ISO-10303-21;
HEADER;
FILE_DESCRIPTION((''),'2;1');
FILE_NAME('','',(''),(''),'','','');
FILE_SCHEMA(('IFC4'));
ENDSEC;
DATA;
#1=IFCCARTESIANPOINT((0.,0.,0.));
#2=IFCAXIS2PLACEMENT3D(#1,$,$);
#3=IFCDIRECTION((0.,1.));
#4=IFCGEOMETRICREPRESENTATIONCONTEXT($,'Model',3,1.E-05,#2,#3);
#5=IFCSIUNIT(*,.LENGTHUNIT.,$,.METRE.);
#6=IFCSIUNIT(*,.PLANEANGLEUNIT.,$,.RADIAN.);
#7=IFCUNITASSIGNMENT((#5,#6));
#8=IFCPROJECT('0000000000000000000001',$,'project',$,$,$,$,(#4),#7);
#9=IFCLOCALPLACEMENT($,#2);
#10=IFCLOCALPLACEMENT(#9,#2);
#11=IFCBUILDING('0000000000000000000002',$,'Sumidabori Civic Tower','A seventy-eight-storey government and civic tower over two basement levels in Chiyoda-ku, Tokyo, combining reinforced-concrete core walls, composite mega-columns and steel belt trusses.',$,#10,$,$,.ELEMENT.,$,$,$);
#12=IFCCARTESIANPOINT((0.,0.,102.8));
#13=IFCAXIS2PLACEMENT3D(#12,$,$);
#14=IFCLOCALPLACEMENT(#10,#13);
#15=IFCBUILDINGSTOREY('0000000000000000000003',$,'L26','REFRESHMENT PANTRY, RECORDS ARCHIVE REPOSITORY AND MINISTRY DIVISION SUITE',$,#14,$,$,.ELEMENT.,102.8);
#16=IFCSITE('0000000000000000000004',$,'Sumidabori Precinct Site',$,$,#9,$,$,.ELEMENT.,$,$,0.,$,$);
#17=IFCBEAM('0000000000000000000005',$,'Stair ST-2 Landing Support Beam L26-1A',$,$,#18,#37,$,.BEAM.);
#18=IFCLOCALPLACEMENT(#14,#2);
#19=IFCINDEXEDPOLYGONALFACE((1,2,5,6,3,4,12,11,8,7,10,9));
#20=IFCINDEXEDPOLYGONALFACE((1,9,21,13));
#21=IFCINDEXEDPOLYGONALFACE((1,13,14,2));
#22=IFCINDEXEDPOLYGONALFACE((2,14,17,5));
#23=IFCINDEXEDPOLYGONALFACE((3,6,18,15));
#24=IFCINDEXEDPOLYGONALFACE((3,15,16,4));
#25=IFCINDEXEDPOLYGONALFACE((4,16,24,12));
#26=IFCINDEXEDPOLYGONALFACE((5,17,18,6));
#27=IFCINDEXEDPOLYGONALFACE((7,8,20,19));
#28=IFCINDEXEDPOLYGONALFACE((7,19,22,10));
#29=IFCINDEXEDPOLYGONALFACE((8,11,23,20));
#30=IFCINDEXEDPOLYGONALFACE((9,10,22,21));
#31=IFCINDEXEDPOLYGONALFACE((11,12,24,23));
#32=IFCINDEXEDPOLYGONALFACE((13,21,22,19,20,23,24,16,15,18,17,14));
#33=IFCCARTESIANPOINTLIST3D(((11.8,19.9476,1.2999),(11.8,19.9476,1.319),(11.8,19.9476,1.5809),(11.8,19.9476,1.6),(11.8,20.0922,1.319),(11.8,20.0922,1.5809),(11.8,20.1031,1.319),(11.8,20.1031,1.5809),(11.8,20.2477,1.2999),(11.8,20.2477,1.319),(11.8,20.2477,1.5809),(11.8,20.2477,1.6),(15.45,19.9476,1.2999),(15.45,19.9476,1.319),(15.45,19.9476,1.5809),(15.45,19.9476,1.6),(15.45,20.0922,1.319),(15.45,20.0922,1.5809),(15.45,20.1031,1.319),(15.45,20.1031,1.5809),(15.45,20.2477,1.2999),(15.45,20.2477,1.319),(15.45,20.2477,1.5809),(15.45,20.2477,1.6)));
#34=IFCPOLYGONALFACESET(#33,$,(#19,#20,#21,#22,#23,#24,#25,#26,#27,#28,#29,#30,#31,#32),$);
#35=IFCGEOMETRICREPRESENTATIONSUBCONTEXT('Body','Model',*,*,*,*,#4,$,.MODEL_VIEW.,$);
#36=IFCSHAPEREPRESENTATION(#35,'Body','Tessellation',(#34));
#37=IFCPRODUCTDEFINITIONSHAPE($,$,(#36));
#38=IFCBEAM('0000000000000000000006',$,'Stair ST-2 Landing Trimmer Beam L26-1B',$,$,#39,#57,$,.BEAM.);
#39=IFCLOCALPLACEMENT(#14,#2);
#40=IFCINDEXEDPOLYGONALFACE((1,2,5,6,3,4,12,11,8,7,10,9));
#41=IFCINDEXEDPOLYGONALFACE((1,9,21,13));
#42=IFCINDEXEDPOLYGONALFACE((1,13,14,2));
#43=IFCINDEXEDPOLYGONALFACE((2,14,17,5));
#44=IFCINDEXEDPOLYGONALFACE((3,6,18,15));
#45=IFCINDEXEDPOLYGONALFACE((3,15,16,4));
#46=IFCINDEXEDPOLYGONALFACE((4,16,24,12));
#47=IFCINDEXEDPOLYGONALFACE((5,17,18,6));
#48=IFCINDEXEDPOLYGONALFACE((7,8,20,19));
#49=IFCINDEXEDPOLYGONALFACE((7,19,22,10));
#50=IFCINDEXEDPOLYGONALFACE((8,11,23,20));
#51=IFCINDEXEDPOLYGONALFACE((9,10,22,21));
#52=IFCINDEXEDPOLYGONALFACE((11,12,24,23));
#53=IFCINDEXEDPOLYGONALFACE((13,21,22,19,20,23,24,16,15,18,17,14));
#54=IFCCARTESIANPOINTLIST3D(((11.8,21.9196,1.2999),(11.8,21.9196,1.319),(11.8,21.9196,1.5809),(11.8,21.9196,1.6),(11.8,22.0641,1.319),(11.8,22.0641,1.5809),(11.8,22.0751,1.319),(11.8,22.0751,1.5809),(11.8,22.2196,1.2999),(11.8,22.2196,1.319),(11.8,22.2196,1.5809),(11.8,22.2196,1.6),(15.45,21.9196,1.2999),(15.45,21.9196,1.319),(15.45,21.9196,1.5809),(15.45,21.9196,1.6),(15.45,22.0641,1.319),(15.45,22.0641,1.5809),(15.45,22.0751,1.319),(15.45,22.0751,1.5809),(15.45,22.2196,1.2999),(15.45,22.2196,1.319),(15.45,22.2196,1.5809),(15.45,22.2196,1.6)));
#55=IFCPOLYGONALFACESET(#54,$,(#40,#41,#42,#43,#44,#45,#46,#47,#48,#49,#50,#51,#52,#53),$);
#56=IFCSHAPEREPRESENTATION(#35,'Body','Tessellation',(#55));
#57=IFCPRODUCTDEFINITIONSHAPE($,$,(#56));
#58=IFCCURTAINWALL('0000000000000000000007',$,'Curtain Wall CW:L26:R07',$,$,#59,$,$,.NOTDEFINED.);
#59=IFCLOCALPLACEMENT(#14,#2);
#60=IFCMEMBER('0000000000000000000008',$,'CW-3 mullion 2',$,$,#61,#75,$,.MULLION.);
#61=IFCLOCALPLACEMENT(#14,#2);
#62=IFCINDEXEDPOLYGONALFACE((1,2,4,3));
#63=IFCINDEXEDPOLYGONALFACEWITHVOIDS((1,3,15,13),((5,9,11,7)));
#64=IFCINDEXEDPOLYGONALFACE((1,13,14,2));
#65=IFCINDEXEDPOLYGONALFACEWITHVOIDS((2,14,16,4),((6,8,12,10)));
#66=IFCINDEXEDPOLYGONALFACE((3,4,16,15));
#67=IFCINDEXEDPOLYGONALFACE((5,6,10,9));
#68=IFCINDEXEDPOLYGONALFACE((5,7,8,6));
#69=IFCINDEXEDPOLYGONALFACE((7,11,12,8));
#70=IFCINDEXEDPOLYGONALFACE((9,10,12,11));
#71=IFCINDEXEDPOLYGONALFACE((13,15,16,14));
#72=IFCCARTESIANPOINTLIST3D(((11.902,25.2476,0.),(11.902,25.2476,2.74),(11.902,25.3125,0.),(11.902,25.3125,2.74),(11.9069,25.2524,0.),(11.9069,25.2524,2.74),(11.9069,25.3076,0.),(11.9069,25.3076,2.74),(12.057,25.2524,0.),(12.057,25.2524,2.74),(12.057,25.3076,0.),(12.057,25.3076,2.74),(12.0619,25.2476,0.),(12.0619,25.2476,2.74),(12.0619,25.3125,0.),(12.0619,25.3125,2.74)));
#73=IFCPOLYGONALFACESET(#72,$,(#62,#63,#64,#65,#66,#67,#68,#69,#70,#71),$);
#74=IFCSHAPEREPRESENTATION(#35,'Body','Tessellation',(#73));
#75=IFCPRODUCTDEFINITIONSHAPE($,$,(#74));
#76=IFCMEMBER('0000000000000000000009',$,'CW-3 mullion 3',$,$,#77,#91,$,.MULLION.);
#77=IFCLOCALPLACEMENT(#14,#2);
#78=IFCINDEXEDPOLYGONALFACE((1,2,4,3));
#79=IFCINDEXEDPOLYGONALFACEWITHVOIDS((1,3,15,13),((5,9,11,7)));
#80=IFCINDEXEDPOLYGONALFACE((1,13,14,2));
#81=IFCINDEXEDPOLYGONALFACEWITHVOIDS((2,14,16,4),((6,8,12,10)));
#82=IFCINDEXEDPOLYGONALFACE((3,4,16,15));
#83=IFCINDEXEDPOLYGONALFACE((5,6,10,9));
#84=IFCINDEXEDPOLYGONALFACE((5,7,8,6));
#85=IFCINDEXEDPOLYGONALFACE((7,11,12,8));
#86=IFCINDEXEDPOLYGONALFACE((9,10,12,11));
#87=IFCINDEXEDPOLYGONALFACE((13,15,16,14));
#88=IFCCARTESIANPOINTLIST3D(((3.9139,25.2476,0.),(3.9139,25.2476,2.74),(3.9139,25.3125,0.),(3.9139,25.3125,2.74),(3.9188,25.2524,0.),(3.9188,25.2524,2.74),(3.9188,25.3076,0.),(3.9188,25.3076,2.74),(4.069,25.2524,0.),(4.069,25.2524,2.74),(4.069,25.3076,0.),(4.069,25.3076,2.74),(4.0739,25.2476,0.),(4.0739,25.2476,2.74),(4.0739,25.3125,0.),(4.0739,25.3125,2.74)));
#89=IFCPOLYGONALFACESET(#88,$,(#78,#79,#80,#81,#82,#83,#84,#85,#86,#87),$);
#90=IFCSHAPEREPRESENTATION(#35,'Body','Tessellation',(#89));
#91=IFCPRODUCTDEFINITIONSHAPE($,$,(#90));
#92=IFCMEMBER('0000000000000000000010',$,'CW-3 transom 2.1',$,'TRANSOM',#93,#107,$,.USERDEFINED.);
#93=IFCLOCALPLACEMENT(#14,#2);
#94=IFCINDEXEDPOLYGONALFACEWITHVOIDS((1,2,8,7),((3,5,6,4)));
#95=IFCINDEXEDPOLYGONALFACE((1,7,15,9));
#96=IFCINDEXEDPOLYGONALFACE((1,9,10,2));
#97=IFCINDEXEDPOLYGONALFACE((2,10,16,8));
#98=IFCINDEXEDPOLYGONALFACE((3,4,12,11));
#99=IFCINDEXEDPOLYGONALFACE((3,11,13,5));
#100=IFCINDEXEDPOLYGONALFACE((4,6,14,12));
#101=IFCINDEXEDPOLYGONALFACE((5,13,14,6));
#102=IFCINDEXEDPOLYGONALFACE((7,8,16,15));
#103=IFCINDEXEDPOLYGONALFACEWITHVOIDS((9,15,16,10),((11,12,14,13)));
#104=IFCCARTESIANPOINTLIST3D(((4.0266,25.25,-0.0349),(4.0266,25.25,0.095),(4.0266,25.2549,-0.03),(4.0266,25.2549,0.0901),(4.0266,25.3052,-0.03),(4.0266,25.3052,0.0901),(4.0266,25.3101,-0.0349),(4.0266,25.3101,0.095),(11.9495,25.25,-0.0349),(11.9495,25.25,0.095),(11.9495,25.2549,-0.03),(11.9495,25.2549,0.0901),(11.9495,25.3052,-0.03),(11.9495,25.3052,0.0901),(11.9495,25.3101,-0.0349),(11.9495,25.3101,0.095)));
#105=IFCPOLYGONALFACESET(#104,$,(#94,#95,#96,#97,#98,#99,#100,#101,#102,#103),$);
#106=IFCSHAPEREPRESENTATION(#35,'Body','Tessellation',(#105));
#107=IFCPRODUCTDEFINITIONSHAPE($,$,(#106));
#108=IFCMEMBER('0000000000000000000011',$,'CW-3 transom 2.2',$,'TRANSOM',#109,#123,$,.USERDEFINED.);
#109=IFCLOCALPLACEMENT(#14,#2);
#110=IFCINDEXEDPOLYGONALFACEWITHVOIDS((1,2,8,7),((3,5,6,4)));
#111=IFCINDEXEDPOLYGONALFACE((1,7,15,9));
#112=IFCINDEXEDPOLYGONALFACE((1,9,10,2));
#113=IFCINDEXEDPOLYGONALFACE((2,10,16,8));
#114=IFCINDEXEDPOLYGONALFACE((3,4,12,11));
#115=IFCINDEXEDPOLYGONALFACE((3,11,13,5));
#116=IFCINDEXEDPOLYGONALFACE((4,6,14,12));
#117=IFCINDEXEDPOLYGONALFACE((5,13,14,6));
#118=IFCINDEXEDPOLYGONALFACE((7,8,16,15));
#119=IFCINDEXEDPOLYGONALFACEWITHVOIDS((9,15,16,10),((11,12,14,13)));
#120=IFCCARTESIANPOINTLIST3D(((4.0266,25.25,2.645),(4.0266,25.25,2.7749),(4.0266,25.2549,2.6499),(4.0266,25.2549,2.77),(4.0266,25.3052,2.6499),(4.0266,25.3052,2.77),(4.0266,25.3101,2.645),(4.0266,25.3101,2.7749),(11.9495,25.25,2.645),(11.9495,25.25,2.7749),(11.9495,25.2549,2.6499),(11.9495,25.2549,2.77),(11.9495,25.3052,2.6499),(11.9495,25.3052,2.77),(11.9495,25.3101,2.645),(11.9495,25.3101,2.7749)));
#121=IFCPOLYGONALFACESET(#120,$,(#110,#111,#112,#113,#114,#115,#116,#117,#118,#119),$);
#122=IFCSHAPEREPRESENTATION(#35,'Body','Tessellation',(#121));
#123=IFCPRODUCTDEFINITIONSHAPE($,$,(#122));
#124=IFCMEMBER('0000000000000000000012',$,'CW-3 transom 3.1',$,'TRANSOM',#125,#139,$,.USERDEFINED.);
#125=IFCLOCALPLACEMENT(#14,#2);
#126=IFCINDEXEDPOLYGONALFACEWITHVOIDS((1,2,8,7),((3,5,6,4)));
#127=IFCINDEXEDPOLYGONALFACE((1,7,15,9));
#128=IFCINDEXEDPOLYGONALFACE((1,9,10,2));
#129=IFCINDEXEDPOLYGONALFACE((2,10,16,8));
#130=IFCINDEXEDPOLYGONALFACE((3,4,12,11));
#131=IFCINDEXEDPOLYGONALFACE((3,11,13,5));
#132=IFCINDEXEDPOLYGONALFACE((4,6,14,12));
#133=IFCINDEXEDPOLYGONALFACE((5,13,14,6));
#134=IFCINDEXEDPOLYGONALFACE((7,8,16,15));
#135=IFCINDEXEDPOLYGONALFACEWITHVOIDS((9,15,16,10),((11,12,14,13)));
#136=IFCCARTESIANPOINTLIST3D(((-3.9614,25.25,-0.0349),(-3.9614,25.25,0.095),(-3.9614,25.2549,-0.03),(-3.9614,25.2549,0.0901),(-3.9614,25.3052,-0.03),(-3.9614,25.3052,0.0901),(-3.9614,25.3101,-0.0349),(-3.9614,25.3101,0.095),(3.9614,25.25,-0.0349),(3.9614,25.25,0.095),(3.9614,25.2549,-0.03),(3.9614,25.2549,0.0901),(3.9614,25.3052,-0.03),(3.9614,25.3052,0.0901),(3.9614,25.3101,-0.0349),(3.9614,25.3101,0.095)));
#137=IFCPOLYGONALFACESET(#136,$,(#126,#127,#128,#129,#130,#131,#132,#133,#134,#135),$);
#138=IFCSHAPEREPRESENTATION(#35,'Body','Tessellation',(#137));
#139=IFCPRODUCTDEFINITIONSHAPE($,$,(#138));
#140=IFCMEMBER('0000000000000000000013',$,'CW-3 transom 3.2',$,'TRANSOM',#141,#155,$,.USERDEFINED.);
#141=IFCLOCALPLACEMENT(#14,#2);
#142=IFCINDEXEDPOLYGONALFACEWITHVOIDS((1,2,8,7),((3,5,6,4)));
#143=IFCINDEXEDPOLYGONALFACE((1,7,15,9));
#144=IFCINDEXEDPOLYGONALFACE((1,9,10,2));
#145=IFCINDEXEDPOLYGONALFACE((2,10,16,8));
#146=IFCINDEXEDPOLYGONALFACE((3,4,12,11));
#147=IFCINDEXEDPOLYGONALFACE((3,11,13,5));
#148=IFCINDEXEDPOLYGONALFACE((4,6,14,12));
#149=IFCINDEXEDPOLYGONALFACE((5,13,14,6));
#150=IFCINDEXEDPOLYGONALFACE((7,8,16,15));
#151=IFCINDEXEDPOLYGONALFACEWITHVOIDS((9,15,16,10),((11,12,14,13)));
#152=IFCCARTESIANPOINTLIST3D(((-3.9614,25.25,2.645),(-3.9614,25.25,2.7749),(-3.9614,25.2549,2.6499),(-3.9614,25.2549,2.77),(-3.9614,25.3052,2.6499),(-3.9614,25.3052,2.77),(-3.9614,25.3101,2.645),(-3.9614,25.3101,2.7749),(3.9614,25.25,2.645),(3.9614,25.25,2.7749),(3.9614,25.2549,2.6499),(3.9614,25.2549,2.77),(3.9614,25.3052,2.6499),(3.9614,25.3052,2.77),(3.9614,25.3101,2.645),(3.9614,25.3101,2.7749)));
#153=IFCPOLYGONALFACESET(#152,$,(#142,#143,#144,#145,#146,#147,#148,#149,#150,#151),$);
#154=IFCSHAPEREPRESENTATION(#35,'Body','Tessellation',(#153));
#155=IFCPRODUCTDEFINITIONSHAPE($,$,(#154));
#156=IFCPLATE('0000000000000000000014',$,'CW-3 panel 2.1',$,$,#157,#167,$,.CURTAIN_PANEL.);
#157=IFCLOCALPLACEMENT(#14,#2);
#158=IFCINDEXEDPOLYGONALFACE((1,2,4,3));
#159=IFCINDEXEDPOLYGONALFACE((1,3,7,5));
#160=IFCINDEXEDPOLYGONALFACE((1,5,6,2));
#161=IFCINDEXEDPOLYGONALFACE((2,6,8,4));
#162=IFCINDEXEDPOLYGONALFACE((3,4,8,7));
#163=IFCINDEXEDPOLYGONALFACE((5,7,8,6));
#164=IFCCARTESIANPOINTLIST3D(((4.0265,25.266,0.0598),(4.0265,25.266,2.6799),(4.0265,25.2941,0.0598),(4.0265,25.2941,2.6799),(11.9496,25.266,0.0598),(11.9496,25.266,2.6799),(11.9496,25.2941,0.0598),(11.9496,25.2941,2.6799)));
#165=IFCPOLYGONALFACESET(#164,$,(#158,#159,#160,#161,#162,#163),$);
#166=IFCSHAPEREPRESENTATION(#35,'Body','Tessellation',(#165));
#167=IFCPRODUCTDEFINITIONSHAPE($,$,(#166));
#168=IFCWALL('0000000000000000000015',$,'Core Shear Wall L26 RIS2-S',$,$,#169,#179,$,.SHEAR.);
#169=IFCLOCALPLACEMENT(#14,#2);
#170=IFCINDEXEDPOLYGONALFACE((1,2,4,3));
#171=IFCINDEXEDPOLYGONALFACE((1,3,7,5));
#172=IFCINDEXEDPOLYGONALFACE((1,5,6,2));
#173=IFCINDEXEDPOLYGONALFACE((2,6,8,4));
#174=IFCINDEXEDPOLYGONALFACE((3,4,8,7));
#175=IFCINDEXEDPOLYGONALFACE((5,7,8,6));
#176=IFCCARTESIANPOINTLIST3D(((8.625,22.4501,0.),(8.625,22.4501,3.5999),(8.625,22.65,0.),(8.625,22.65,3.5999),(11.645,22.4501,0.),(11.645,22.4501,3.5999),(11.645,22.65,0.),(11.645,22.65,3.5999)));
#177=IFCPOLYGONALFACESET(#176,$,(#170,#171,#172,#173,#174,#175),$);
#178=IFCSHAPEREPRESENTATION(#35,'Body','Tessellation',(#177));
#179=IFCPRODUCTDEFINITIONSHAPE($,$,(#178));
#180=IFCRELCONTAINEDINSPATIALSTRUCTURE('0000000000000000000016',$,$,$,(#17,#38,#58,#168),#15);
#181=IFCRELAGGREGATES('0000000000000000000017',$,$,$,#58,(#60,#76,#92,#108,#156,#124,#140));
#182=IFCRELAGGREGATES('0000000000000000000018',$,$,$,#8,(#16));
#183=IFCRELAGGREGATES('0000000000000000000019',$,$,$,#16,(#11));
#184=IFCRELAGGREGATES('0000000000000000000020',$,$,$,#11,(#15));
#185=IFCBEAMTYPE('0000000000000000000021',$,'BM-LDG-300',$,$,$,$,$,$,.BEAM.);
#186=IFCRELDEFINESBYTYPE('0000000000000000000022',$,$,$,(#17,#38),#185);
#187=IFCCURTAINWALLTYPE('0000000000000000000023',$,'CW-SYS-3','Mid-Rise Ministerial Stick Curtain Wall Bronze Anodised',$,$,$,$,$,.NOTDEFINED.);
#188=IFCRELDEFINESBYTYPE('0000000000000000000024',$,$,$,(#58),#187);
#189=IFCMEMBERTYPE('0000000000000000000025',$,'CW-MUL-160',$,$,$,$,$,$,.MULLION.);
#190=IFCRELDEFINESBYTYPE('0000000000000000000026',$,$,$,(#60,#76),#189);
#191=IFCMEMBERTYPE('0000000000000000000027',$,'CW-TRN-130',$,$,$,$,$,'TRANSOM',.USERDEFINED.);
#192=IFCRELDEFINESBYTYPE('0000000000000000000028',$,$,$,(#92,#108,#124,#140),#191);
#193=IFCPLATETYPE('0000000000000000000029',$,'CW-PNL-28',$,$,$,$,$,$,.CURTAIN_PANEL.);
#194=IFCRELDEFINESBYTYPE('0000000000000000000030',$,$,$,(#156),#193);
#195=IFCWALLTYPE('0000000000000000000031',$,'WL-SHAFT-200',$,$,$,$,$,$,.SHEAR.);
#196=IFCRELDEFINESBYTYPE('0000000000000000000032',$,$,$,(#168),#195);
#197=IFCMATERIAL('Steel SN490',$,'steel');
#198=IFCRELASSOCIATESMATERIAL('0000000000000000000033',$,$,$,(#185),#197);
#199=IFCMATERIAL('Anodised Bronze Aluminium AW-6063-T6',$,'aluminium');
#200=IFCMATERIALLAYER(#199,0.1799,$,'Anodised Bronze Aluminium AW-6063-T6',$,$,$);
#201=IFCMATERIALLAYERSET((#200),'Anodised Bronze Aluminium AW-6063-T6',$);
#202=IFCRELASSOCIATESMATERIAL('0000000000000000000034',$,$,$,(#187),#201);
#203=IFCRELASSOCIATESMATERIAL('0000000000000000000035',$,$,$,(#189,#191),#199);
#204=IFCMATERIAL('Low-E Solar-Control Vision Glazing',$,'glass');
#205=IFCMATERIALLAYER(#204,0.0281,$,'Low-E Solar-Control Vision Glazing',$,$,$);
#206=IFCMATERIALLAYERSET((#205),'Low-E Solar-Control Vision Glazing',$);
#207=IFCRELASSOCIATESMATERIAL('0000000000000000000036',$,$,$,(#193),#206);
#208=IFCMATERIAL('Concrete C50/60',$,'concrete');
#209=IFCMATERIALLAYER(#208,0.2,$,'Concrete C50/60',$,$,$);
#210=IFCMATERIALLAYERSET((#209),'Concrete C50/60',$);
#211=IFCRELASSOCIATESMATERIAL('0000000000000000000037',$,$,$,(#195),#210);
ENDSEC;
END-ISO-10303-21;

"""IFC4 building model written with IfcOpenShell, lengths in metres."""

from ifc_helpers import new_model, si_unit, direction, frame, frame_2d, origin, origin_2d, place, context, subcontext, project, spatial, rectangle, hollow_rectangle, i_section, extrude, source, transform, mapped, material, layer, layer_set, material_profile, profile_set, type_object, element, aggregate, save


model = new_model("IFC4")

# Units and contexts
model_context = context("Model", 3, precision=1e-05, world=origin(), true_north=direction((0.0, 1.0)))
body_context = subcontext(model_context, "Body", "Model", "MODEL_VIEW")
ifc_project = project(units=[si_unit("LENGTHUNIT", "METRE"), si_unit("PLANEANGLEUNIT", "RADIAN")], contexts=[model_context])

# Site, building, storey
site_placement = place(None, origin())
site = spatial("IfcSite", under=ifc_project, at=site_placement, Name="Sumidabori Precinct Site", CompositionType="ELEMENT", RefElevation=0.0)
building_placement = place(site_placement, origin())
building = spatial("IfcBuilding", under=site, at=building_placement, Name="Sumidabori Civic Tower", Description="A seventy-eight-storey government and civic tower over two basement levels in Chiyoda-ku, Tokyo, combining reinforced-concrete core walls, composite mega-columns and steel belt trusses.", CompositionType="ELEMENT")
storey_placement = place(building_placement, frame((0.0, 0.0, 102.8)))
storey = spatial("IfcBuildingStorey", under=building, at=storey_placement, Name="L26", Description="REFRESHMENT PANTRY, RECORDS ARCHIVE REPOSITORY AND MINISTRY DIVISION SUITE", CompositionType="ELEMENT", Elevation=102.8)

# Beams
ifc_material_1 = material(Name="Steel SN490", Category="steel")
ifc_material_profile_1 = material_profile(ifc_material_1, i_section(OverallWidth=0.3, OverallDepth=0.3, WebThickness=0.011, FlangeThickness=0.019, at=origin_2d()), Name="HE 300 B")
ifc_profile_set_1 = profile_set([ifc_material_profile_1], Name="Steel SN490")
beam_type = type_object("IfcBeamType", Name="BM-LDG-300", PredefinedType="BEAM", material=ifc_profile_set_1)
shared_shape_1 = source(origin(), body_context, "Body", "SweptSolid", [
    extrude(i_section(OverallWidth=0.3, OverallDepth=0.3, WebThickness=0.011, FlangeThickness=0.019, at=origin_2d()), origin(), (0.0, 0.0, 1.0), 3.6499),
])
for number, where, z_axis, x_axis, name in (
    (1, (11.8, 20.0977, 1.45), (1.0, 0.0, 0.0), (0.0, 1.0, 0.0), "Stair ST-2 Landing Support Beam L26-1A"),
    (2, (11.8, 22.0696, 1.45), (1.0, 0.0, 0.0), (0.0, 1.0, 0.0), "Stair ST-2 Landing Trimmer Beam L26-1B"),
):
    element("IfcBeam", number, at=place(storey_placement, frame(where, z_axis=z_axis, x_axis=x_axis)), inside=storey, type_object=beam_type, Name=name, PredefinedType="BEAM", context=body_context, shape_type="MappedRepresentation", body=[
        mapped(shared_shape_1, transform((0.0, 0.0, 0.0), x_axis=(1.0, 0.0, 0.0), y_axis=(0.0, 1.0, 0.0), z_axis=(0.0, 0.0, 1.0), scale=1.0)),
    ])

# Curtain wall, members, plate
ifc_material_2 = material(Name="Anodised Bronze Aluminium AW-6063-T6", Category="aluminium")
ifc_layer_1 = layer(ifc_material_2, 0.1799, Name="Anodised Bronze Aluminium AW-6063-T6")
ifc_layer_set_1 = layer_set([ifc_layer_1], Name="Anodised Bronze Aluminium AW-6063-T6")
curtain_wall_type = type_object("IfcCurtainWallType", Name="CW-SYS-3", Description="Mid-Rise Ministerial Stick Curtain Wall Bronze Anodised", PredefinedType="NOTDEFINED", material=ifc_layer_set_1)
curtain_wall_placement = place(storey_placement, origin())
curtain_wall = element("IfcCurtainWall", 3, at=curtain_wall_placement, inside=storey, type_object=curtain_wall_type, Name="Curtain Wall CW:L26:R07", PredefinedType="NOTDEFINED")
ifc_material_profile_2 = material_profile(ifc_material_2, hollow_rectangle(XDim=0.0649, YDim=0.1599, WallThickness=0.0049, at=origin_2d()), Name="ALU MULLION 160x65")
ifc_profile_set_2 = profile_set([ifc_material_profile_2], Name="Anodised Bronze Aluminium AW-6063-T6")
member_type_1 = type_object("IfcMemberType", Name="CW-MUL-160", PredefinedType="MULLION", material=ifc_profile_set_2)
shared_shape_2 = source(origin(), body_context, "Body", "SweptSolid", [
    extrude(hollow_rectangle(XDim=0.0649, YDim=0.1599, WallThickness=0.0049, at=origin_2d()), origin(), (0.0, 0.0, 1.0), 2.74),
])
member_1_placement = place(storey_placement, frame((11.9819, 25.28, 0.0), z_axis=(0.0, 0.0, 1.0), x_axis=(0.0, -1.0, 0.0)))
member_1 = element("IfcMember", 4, at=member_1_placement, type_object=member_type_1, Name="CW-3 mullion 2", PredefinedType="MULLION", context=body_context, shape_type="MappedRepresentation", body=[
    mapped(shared_shape_2, transform((0.0, 0.0, 0.0), x_axis=(1.0, 0.0, 0.0), y_axis=(0.0, 1.0, 0.0), z_axis=(0.0, 0.0, 1.0), scale=1.0)),
])
member_2_placement = place(storey_placement, frame((3.9939, 25.28, 0.0), z_axis=(0.0, 0.0, 1.0), x_axis=(0.0, -1.0, 0.0)))
member_2 = element("IfcMember", 5, at=member_2_placement, type_object=member_type_1, Name="CW-3 mullion 3", PredefinedType="MULLION", context=body_context, shape_type="MappedRepresentation", body=[
    mapped(shared_shape_2, transform((0.0, 0.0, 0.0), x_axis=(1.0, 0.0, 0.0), y_axis=(0.0, 1.0, 0.0), z_axis=(0.0, 0.0, 1.0), scale=1.0)),
])
ifc_material_profile_3 = material_profile(ifc_material_2, hollow_rectangle(XDim=0.0601, YDim=0.1299, WallThickness=0.0049, at=origin_2d()), Name="ALU TRANSOM 130x60")
ifc_profile_set_3 = profile_set([ifc_material_profile_3], Name="Anodised Bronze Aluminium AW-6063-T6")
member_type_2 = type_object("IfcMemberType", Name="CW-TRN-130", ElementType="TRANSOM", PredefinedType="USERDEFINED", material=ifc_profile_set_3)
shared_shape_3 = source(origin(), body_context, "Body", "SweptSolid", [
    extrude(hollow_rectangle(XDim=0.0601, YDim=0.1299, WallThickness=0.0049, at=origin_2d()), origin(), (0.0, 0.0, 1.0), 7.9229),
])
member_3_placement = place(storey_placement, frame((11.9495, 25.28, 0.03), z_axis=(-1.0, 0.0, 0.0), x_axis=(0.0, -1.0, 0.0)))
member_3 = element("IfcMember", 6, at=member_3_placement, type_object=member_type_2, Name="CW-3 transom 2.1", ObjectType="TRANSOM", PredefinedType="USERDEFINED", context=body_context, shape_type="MappedRepresentation", body=[
    mapped(shared_shape_3, transform((0.0, 0.0, 0.0), x_axis=(1.0, 0.0, 0.0), y_axis=(0.0, 1.0, 0.0), z_axis=(0.0, 0.0, 1.0), scale=1.0)),
])
member_4_placement = place(storey_placement, frame((11.9495, 25.28, 2.71), z_axis=(-1.0, 0.0, 0.0), x_axis=(0.0, -1.0, 0.0)))
member_4 = element("IfcMember", 7, at=member_4_placement, type_object=member_type_2, Name="CW-3 transom 2.2", ObjectType="TRANSOM", PredefinedType="USERDEFINED", context=body_context, shape_type="MappedRepresentation", body=[
    mapped(shared_shape_3, transform((0.0, 0.0, 0.0), x_axis=(1.0, 0.0, 0.0), y_axis=(0.0, 1.0, 0.0), z_axis=(0.0, 0.0, 1.0), scale=1.0)),
])
member_5_placement = place(storey_placement, frame((3.9614, 25.28, 0.03), z_axis=(-1.0, 0.0, 0.0), x_axis=(0.0, -1.0, 0.0)))
member_5 = element("IfcMember", 8, at=member_5_placement, type_object=member_type_2, Name="CW-3 transom 3.1", ObjectType="TRANSOM", PredefinedType="USERDEFINED", context=body_context, shape_type="MappedRepresentation", body=[
    mapped(shared_shape_3, transform((0.0, 0.0, 0.0), x_axis=(1.0, 0.0, 0.0), y_axis=(0.0, 1.0, 0.0), z_axis=(0.0, 0.0, 1.0), scale=1.0)),
])
member_6_placement = place(storey_placement, frame((3.9614, 25.28, 2.71), z_axis=(-1.0, 0.0, 0.0), x_axis=(0.0, -1.0, 0.0)))
member_6 = element("IfcMember", 9, at=member_6_placement, type_object=member_type_2, Name="CW-3 transom 3.2", ObjectType="TRANSOM", PredefinedType="USERDEFINED", context=body_context, shape_type="MappedRepresentation", body=[
    mapped(shared_shape_3, transform((0.0, 0.0, 0.0), x_axis=(1.0, 0.0, 0.0), y_axis=(0.0, 1.0, 0.0), z_axis=(0.0, 0.0, 1.0), scale=1.0)),
])
ifc_material_3 = material(Name="Low-E Solar-Control Vision Glazing", Category="glass")
ifc_layer_2 = layer(ifc_material_3, 0.0281, Name="Low-E Solar-Control Vision Glazing")
ifc_layer_set_2 = layer_set([ifc_layer_2], Name="Low-E Solar-Control Vision Glazing")
plate_type = type_object("IfcPlateType", Name="CW-PNL-28", PredefinedType="CURTAIN_PANEL", material=ifc_layer_set_2)
shared_shape_4 = source(origin(), body_context, "Body", "SweptSolid", [
    extrude(rectangle(XDim=7.9231, YDim=0.0281, at=origin_2d()), origin(), (0.0, 0.0, 1.0), 2.6201),
])
plate_placement = place(storey_placement, frame((7.988, 25.28, 0.0598), z_axis=(0.0, 0.0, 1.0), x_axis=(-1.0, 0.0, 0.0)))
plate = element("IfcPlate", 10, at=plate_placement, type_object=plate_type, Name="CW-3 panel 2.1", PredefinedType="CURTAIN_PANEL", context=body_context, shape_type="MappedRepresentation", body=[
    mapped(shared_shape_4, transform((0.0, 0.0, 0.0), x_axis=(1.0, 0.0, 0.0), y_axis=(0.0, 1.0, 0.0), z_axis=(0.0, 0.0, 1.0), scale=1.0)),
])
aggregate(curtain_wall, [member_1, member_2, member_3, member_4, plate, member_5, member_6])

# Wall
ifc_material_4 = material(Name="Concrete C50/60", Category="concrete")
ifc_layer_3 = layer(ifc_material_4, 0.2, Name="Concrete C50/60")
ifc_layer_set_3 = layer_set([ifc_layer_3], Name="Concrete C50/60")
wall_type_1 = type_object("IfcWallType", Name="WL-SHAFT-200", PredefinedType="SHEAR", material=ifc_layer_set_3)
shared_shape_5 = source(origin(), body_context, "Body", "SweptSolid", [
    extrude(rectangle(XDim=3.02, YDim=0.2, at=frame_2d((1.51, 0.0))), origin(), (0.0, 0.0, 1.0), 3.5999),
])
wall_1_placement = place(storey_placement, frame((8.625, 22.55, 0.0), z_axis=(0.0, 0.0, 1.0), x_axis=(1.0, 0.0, 0.0)))
element("IfcWall", 11, at=wall_1_placement, inside=storey, type_object=wall_type_1, Name="Core Shear Wall L26 RIS2-S", PredefinedType="SHEAR", context=body_context, shape_type="MappedRepresentation", body=[
    mapped(shared_shape_5, transform((0.0, 0.0, 0.0), x_axis=(1.0, 0.0, 0.0), y_axis=(0.0, 1.0, 0.0), z_axis=(0.0, 0.0, 1.0), scale=1.0)),
])

save(model, "model.ifc")
